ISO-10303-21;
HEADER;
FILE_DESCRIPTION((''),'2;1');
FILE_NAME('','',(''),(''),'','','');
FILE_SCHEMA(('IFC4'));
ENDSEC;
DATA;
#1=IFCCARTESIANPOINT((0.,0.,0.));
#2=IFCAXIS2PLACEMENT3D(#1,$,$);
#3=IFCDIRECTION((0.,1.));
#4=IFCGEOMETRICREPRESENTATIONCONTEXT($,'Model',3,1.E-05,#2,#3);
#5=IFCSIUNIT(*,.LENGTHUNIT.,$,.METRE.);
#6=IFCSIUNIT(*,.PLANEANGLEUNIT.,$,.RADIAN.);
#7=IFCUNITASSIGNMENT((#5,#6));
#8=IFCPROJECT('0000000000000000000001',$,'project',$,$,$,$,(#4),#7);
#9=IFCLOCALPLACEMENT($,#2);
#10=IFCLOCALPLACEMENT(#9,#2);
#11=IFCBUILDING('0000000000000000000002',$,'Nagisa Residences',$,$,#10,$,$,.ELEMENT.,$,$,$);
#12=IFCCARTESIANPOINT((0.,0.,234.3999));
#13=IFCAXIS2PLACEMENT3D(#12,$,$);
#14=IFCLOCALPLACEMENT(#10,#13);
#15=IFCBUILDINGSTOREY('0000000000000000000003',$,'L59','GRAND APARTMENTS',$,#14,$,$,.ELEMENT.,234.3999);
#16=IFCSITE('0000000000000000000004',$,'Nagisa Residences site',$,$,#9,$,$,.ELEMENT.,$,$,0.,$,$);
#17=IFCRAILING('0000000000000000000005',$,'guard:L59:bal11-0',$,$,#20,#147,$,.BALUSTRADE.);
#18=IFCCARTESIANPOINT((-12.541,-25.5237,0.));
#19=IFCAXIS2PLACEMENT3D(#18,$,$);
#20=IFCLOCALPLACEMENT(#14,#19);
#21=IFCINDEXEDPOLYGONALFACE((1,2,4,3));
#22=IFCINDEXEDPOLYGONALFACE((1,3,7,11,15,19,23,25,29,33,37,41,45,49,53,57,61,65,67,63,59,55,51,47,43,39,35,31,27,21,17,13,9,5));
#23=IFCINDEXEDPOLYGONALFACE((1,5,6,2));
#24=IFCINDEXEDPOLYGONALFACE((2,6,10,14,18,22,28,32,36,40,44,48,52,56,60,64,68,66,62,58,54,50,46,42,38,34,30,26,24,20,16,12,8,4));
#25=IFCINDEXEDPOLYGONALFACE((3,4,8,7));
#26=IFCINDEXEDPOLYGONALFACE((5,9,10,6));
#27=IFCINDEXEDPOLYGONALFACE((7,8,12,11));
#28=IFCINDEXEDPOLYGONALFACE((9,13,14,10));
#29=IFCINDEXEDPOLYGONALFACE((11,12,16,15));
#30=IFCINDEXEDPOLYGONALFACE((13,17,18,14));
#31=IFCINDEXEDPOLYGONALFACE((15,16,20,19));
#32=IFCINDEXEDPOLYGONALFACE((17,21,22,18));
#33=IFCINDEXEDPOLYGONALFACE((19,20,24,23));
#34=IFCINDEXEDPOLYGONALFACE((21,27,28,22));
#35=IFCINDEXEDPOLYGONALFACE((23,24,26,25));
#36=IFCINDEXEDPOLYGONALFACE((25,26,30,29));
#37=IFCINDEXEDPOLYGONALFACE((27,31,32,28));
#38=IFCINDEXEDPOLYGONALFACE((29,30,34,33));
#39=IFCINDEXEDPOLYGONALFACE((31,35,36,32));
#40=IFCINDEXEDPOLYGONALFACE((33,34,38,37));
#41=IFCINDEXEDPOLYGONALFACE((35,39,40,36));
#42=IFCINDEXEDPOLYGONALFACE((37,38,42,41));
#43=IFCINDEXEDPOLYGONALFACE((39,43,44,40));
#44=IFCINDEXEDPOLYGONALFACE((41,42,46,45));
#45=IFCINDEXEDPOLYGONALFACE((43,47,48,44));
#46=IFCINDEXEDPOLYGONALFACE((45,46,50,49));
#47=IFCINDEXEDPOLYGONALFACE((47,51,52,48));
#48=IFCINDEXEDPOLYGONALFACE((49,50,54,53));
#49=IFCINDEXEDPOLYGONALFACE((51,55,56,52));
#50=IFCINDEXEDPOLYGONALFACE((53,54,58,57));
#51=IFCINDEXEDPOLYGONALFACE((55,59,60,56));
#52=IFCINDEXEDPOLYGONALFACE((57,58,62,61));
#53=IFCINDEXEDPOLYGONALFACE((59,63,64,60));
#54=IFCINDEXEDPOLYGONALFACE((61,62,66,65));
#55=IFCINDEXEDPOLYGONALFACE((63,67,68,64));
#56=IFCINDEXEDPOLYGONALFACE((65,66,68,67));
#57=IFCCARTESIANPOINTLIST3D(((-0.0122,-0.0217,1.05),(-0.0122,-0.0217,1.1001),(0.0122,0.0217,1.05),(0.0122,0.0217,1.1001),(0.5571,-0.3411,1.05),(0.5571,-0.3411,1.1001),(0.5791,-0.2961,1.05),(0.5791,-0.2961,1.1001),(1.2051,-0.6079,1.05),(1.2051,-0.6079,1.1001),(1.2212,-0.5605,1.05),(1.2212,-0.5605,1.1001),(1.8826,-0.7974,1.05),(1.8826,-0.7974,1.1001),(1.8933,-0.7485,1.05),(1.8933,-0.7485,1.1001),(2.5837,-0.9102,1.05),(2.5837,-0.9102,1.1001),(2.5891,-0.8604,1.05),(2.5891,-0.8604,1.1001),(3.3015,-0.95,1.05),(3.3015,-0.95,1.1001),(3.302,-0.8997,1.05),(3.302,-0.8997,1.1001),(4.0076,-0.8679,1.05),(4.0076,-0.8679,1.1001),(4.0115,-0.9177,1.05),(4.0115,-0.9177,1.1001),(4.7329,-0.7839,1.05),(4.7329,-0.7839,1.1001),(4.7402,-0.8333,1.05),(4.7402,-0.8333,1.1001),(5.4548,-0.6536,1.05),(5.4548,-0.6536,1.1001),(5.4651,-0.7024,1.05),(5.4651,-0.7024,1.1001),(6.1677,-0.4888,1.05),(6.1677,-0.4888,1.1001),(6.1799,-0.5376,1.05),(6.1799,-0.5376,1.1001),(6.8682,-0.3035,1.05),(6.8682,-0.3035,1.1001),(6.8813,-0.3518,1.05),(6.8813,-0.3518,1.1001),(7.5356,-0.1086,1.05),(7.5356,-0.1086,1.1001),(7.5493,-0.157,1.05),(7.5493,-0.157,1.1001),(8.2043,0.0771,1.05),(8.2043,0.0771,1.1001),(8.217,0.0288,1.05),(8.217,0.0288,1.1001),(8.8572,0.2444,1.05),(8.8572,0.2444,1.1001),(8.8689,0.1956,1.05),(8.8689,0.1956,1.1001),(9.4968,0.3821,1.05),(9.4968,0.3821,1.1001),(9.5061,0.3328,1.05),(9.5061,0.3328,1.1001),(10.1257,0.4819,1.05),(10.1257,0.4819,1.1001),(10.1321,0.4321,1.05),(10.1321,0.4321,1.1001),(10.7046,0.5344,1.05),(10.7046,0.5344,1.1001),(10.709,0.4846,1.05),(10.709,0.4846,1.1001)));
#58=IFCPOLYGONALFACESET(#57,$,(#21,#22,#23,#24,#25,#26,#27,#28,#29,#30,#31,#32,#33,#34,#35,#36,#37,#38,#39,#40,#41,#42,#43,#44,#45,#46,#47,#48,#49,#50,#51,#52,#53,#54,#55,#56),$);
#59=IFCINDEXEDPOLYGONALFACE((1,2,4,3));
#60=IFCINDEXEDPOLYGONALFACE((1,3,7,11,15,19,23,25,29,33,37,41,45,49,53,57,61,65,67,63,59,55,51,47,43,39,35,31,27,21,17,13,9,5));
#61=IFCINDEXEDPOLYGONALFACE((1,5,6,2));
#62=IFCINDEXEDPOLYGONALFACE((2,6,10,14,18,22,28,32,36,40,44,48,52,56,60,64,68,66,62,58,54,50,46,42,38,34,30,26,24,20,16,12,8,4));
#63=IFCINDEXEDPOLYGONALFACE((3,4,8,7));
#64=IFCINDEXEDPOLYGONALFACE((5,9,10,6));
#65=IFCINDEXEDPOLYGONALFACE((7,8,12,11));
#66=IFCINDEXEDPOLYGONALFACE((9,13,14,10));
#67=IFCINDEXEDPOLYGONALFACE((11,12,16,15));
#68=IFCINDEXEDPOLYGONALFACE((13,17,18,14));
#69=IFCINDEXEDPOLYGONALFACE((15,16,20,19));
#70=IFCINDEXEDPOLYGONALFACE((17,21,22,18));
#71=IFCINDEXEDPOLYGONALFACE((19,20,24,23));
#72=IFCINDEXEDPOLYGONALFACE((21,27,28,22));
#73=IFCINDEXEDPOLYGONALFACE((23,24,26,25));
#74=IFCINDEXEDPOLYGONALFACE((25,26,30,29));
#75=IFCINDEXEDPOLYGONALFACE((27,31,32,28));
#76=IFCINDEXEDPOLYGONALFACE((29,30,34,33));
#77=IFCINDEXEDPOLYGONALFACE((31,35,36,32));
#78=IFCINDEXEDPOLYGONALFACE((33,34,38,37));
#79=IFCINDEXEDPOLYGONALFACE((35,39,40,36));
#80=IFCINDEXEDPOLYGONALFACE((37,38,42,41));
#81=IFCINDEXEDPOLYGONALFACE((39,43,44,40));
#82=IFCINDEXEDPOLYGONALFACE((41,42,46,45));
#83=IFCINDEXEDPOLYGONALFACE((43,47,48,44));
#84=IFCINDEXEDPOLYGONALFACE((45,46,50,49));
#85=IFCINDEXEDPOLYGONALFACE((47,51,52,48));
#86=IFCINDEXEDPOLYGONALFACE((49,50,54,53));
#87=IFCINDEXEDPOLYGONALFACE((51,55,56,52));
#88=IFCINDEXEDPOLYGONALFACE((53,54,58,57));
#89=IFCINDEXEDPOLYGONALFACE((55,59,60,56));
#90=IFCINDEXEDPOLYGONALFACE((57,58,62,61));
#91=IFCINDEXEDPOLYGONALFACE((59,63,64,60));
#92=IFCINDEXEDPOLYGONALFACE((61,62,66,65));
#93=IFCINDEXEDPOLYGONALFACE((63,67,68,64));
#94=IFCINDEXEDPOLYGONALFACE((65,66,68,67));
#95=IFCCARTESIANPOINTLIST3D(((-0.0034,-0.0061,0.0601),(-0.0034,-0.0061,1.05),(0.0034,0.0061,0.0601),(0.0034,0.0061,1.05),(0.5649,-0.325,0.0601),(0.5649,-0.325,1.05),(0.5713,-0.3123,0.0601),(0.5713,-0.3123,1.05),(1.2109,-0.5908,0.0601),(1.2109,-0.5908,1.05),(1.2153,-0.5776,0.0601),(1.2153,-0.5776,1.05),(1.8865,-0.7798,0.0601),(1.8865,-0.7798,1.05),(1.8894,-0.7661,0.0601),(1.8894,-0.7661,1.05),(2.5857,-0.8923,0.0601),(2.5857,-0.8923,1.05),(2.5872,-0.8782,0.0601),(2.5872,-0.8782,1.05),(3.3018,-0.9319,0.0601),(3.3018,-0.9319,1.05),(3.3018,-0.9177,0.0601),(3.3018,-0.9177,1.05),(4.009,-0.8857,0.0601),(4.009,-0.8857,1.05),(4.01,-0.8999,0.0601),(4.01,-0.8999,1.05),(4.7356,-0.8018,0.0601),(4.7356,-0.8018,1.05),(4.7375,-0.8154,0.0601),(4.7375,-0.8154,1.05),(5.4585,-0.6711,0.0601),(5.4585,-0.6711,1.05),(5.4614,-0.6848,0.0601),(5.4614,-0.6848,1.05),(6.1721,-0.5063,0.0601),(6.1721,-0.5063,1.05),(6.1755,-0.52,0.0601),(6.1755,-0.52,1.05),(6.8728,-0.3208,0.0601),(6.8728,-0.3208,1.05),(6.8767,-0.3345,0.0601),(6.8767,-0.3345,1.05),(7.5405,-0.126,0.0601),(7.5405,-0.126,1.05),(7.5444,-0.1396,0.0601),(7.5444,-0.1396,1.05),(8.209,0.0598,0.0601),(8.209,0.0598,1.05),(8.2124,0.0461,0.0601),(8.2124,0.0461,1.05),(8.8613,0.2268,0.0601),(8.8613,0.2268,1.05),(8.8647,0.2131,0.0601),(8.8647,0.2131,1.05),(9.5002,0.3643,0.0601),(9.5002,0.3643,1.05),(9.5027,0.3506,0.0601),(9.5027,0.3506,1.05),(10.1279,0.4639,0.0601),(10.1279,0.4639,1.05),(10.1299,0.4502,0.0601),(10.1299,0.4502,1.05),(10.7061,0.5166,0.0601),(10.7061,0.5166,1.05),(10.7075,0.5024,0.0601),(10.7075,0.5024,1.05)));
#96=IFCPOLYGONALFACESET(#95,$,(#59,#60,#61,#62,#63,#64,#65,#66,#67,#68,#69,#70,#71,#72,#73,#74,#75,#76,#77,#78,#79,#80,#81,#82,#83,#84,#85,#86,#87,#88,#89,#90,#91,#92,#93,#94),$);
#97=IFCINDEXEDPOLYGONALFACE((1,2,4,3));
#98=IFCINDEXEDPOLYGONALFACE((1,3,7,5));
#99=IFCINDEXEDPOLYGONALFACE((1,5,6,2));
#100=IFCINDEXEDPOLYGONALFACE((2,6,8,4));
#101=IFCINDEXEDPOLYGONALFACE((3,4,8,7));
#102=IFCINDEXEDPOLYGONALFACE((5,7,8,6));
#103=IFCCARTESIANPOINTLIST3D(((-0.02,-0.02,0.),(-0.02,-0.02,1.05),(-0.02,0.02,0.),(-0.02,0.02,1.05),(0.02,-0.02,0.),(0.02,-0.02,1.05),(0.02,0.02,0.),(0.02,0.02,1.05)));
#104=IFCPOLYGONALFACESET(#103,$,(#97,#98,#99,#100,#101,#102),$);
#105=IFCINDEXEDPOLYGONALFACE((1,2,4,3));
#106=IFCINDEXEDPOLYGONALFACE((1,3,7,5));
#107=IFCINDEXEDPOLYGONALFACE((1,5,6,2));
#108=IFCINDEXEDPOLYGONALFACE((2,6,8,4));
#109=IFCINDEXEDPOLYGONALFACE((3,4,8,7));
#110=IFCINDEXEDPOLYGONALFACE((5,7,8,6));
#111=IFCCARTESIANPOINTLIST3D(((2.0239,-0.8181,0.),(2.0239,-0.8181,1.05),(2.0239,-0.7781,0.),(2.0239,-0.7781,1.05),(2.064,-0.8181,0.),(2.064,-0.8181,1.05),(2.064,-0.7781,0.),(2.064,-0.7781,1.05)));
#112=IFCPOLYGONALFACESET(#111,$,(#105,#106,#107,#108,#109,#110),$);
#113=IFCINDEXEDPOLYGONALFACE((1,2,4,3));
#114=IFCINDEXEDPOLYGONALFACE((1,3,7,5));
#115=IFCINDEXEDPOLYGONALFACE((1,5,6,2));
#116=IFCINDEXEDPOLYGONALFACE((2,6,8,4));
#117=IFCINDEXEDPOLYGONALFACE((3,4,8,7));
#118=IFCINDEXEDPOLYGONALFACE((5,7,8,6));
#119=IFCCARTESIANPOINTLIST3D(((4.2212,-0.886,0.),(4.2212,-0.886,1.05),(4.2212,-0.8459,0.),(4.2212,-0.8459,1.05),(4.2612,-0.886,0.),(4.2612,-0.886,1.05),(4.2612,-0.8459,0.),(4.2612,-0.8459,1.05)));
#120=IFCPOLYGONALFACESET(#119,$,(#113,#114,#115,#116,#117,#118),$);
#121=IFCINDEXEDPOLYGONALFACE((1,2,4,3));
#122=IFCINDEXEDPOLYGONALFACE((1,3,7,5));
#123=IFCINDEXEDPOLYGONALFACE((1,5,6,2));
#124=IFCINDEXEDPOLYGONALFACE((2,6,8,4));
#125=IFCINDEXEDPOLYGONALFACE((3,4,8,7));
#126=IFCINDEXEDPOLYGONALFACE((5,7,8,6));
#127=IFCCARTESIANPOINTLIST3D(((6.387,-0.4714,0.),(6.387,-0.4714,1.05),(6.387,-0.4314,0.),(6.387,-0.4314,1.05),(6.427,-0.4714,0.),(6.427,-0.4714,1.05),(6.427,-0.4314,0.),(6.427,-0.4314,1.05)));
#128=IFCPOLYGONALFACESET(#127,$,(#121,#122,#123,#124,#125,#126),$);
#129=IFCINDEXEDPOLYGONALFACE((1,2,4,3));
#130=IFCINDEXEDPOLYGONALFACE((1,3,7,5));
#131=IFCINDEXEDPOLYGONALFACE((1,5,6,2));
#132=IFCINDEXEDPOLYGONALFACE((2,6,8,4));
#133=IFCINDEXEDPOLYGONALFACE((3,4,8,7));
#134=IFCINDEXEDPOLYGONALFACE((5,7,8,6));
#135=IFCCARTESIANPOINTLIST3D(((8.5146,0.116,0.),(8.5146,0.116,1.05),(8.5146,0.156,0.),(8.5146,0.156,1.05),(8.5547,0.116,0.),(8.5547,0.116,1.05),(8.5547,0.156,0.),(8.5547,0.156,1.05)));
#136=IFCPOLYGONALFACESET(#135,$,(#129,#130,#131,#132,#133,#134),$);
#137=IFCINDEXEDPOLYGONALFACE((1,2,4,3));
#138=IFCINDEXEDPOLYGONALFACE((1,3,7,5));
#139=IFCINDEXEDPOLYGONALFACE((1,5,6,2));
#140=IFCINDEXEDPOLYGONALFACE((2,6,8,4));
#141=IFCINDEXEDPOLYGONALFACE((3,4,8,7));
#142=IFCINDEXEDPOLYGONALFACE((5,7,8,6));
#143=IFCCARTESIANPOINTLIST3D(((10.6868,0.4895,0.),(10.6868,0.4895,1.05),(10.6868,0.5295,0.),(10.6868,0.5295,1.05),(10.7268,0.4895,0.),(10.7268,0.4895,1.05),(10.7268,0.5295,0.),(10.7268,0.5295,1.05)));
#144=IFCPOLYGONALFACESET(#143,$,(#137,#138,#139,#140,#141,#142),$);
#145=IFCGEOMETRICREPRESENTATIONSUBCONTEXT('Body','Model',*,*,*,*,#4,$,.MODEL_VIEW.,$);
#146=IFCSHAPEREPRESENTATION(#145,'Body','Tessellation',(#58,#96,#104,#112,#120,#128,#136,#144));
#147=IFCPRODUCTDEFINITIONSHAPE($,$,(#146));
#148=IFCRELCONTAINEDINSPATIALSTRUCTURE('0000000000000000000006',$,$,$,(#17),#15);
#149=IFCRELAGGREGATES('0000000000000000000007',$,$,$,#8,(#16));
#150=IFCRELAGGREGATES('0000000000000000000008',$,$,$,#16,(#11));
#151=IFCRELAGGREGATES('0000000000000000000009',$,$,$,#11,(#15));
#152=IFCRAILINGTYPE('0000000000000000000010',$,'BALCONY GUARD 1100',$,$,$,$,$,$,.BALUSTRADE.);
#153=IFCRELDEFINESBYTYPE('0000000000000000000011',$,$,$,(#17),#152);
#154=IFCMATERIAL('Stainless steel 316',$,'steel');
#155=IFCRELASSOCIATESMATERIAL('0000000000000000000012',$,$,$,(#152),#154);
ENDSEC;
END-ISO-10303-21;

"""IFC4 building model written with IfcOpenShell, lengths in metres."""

from ifc_helpers import new_model, si_unit, direction, frame, origin, origin_2d, place, context, subcontext, project, spatial, polyline, rectangle, outline, extrude, material, type_object, element, save


model = new_model("IFC4")

# Units and contexts
model_context = context("Model", 3, precision=1e-05, world=origin(), true_north=direction((0.0, 1.0)))
body_context = subcontext(model_context, "Body", "Model", "MODEL_VIEW")
ifc_project = project(units=[si_unit("LENGTHUNIT", "METRE"), si_unit("PLANEANGLEUNIT", "RADIAN")], contexts=[model_context])

# Site, building, storey
site_placement = place(None, origin())
site = spatial("IfcSite", under=ifc_project, at=site_placement, Name="Nagisa Residences site", CompositionType="ELEMENT", RefElevation=0.0)
building_placement = place(site_placement, origin())
building = spatial("IfcBuilding", under=site, at=building_placement, Name="Nagisa Residences", CompositionType="ELEMENT")
storey_placement = place(building_placement, frame((0.0, 0.0, 234.3999)))
storey = spatial("IfcBuildingStorey", under=building, at=storey_placement, Name="L59", Description="GRAND APARTMENTS", CompositionType="ELEMENT", Elevation=234.3999)

# Railing
ifc_material_1 = material(Name="Stainless steel 316", Category="steel")
railing_type = type_object("IfcRailingType", Name="BALCONY GUARD 1100", PredefinedType="BALUSTRADE", material=ifc_material_1)
railing_1_placement = place(storey_placement, frame((-12.541, -25.5237, 0.0)))
element("IfcRailing", 1, at=railing_1_placement, inside=storey, type_object=railing_type, Name="guard:L59:bal11-0", PredefinedType="BALUSTRADE", context=body_context, shape_type="SweptSolid", body=[
    extrude(outline(polyline([(0.5791, -0.2961), (0.0122, 0.0217), (-0.0122, -0.0217), (0.5571, -0.3411), (1.2051, -0.6079), (1.8826, -0.7974), (2.5837, -0.9102), (3.3015, -0.95), (4.0115, -0.9177), (4.7402, -0.8333), (5.4651, -0.7024), (6.1799, -0.5376), (6.8813, -0.3518), (7.5493, -0.157), (8.217, 0.0288), (8.8689, 0.1956), (9.5061, 0.3328), (10.1321, 0.4321), (10.709, 0.4846), (10.7046, 0.5344), (10.1257, 0.4819), (9.4968, 0.3821), (8.8572, 0.2444), (8.2043, 0.0771), (7.5356, -0.1086), (6.8682, -0.3035), (6.1677, -0.4888), (5.4548, -0.6536), (4.7329, -0.7839), (4.0076, -0.8679), (3.302, -0.8997), (2.5891, -0.8604), (1.8933, -0.7485), (1.2212, -0.5605), (0.5791, -0.2961)])), frame((0.0, 0.0, 1.05)), (0.0, 0.0, 1.0), 0.05),
    extrude(outline(polyline([(0.5713, -0.3123), (0.0034, 0.0061), (-0.0034, -0.0061), (0.5649, -0.325), (1.2109, -0.5908), (1.8865, -0.7798), (2.5857, -0.8923), (3.3018, -0.9319), (4.01, -0.8999), (4.7375, -0.8154), (5.4614, -0.6848), (6.1755, -0.52), (6.8767, -0.3345), (7.5444, -0.1396), (8.2124, 0.0461), (8.8647, 0.2131), (9.5027, 0.3506), (10.1299, 0.4502), (10.7075, 0.5024), (10.7061, 0.5166), (10.1279, 0.4639), (9.5002, 0.3643), (8.8613, 0.2268), (8.209, 0.0598), (7.5405, -0.126), (6.8728, -0.3208), (6.1721, -0.5063), (5.4585, -0.6711), (4.7356, -0.8018), (4.009, -0.8857), (3.3018, -0.9177), (2.5872, -0.8782), (1.8894, -0.7661), (1.2153, -0.5776), (0.5713, -0.3123)])), frame((0.0, 0.0, 0.0601)), (0.0, 0.0, 1.0), 0.99),
    extrude(rectangle(XDim=0.04, YDim=0.04, at=origin_2d()), origin(), (0.0, 0.0, 1.0), 1.05),
    extrude(rectangle(XDim=0.04, YDim=0.04, at=origin_2d()), frame((2.0439, -0.7981, 0.0)), (0.0, 0.0, 1.0), 1.05),
    extrude(rectangle(XDim=0.04, YDim=0.04, at=origin_2d()), frame((4.2412, -0.866, 0.0)), (0.0, 0.0, 1.0), 1.05),
    extrude(rectangle(XDim=0.04, YDim=0.04, at=origin_2d()), frame((6.407, -0.4514, 0.0)), (0.0, 0.0, 1.0), 1.05),
    extrude(rectangle(XDim=0.04, YDim=0.04, at=origin_2d()), frame((8.5347, 0.136, 0.0)), (0.0, 0.0, 1.0), 1.05),
    extrude(rectangle(XDim=0.04, YDim=0.04, at=origin_2d()), frame((10.7068, 0.5095, 0.0)), (0.0, 0.0, 1.0), 1.05),
])

save(model, "model.ifc")
